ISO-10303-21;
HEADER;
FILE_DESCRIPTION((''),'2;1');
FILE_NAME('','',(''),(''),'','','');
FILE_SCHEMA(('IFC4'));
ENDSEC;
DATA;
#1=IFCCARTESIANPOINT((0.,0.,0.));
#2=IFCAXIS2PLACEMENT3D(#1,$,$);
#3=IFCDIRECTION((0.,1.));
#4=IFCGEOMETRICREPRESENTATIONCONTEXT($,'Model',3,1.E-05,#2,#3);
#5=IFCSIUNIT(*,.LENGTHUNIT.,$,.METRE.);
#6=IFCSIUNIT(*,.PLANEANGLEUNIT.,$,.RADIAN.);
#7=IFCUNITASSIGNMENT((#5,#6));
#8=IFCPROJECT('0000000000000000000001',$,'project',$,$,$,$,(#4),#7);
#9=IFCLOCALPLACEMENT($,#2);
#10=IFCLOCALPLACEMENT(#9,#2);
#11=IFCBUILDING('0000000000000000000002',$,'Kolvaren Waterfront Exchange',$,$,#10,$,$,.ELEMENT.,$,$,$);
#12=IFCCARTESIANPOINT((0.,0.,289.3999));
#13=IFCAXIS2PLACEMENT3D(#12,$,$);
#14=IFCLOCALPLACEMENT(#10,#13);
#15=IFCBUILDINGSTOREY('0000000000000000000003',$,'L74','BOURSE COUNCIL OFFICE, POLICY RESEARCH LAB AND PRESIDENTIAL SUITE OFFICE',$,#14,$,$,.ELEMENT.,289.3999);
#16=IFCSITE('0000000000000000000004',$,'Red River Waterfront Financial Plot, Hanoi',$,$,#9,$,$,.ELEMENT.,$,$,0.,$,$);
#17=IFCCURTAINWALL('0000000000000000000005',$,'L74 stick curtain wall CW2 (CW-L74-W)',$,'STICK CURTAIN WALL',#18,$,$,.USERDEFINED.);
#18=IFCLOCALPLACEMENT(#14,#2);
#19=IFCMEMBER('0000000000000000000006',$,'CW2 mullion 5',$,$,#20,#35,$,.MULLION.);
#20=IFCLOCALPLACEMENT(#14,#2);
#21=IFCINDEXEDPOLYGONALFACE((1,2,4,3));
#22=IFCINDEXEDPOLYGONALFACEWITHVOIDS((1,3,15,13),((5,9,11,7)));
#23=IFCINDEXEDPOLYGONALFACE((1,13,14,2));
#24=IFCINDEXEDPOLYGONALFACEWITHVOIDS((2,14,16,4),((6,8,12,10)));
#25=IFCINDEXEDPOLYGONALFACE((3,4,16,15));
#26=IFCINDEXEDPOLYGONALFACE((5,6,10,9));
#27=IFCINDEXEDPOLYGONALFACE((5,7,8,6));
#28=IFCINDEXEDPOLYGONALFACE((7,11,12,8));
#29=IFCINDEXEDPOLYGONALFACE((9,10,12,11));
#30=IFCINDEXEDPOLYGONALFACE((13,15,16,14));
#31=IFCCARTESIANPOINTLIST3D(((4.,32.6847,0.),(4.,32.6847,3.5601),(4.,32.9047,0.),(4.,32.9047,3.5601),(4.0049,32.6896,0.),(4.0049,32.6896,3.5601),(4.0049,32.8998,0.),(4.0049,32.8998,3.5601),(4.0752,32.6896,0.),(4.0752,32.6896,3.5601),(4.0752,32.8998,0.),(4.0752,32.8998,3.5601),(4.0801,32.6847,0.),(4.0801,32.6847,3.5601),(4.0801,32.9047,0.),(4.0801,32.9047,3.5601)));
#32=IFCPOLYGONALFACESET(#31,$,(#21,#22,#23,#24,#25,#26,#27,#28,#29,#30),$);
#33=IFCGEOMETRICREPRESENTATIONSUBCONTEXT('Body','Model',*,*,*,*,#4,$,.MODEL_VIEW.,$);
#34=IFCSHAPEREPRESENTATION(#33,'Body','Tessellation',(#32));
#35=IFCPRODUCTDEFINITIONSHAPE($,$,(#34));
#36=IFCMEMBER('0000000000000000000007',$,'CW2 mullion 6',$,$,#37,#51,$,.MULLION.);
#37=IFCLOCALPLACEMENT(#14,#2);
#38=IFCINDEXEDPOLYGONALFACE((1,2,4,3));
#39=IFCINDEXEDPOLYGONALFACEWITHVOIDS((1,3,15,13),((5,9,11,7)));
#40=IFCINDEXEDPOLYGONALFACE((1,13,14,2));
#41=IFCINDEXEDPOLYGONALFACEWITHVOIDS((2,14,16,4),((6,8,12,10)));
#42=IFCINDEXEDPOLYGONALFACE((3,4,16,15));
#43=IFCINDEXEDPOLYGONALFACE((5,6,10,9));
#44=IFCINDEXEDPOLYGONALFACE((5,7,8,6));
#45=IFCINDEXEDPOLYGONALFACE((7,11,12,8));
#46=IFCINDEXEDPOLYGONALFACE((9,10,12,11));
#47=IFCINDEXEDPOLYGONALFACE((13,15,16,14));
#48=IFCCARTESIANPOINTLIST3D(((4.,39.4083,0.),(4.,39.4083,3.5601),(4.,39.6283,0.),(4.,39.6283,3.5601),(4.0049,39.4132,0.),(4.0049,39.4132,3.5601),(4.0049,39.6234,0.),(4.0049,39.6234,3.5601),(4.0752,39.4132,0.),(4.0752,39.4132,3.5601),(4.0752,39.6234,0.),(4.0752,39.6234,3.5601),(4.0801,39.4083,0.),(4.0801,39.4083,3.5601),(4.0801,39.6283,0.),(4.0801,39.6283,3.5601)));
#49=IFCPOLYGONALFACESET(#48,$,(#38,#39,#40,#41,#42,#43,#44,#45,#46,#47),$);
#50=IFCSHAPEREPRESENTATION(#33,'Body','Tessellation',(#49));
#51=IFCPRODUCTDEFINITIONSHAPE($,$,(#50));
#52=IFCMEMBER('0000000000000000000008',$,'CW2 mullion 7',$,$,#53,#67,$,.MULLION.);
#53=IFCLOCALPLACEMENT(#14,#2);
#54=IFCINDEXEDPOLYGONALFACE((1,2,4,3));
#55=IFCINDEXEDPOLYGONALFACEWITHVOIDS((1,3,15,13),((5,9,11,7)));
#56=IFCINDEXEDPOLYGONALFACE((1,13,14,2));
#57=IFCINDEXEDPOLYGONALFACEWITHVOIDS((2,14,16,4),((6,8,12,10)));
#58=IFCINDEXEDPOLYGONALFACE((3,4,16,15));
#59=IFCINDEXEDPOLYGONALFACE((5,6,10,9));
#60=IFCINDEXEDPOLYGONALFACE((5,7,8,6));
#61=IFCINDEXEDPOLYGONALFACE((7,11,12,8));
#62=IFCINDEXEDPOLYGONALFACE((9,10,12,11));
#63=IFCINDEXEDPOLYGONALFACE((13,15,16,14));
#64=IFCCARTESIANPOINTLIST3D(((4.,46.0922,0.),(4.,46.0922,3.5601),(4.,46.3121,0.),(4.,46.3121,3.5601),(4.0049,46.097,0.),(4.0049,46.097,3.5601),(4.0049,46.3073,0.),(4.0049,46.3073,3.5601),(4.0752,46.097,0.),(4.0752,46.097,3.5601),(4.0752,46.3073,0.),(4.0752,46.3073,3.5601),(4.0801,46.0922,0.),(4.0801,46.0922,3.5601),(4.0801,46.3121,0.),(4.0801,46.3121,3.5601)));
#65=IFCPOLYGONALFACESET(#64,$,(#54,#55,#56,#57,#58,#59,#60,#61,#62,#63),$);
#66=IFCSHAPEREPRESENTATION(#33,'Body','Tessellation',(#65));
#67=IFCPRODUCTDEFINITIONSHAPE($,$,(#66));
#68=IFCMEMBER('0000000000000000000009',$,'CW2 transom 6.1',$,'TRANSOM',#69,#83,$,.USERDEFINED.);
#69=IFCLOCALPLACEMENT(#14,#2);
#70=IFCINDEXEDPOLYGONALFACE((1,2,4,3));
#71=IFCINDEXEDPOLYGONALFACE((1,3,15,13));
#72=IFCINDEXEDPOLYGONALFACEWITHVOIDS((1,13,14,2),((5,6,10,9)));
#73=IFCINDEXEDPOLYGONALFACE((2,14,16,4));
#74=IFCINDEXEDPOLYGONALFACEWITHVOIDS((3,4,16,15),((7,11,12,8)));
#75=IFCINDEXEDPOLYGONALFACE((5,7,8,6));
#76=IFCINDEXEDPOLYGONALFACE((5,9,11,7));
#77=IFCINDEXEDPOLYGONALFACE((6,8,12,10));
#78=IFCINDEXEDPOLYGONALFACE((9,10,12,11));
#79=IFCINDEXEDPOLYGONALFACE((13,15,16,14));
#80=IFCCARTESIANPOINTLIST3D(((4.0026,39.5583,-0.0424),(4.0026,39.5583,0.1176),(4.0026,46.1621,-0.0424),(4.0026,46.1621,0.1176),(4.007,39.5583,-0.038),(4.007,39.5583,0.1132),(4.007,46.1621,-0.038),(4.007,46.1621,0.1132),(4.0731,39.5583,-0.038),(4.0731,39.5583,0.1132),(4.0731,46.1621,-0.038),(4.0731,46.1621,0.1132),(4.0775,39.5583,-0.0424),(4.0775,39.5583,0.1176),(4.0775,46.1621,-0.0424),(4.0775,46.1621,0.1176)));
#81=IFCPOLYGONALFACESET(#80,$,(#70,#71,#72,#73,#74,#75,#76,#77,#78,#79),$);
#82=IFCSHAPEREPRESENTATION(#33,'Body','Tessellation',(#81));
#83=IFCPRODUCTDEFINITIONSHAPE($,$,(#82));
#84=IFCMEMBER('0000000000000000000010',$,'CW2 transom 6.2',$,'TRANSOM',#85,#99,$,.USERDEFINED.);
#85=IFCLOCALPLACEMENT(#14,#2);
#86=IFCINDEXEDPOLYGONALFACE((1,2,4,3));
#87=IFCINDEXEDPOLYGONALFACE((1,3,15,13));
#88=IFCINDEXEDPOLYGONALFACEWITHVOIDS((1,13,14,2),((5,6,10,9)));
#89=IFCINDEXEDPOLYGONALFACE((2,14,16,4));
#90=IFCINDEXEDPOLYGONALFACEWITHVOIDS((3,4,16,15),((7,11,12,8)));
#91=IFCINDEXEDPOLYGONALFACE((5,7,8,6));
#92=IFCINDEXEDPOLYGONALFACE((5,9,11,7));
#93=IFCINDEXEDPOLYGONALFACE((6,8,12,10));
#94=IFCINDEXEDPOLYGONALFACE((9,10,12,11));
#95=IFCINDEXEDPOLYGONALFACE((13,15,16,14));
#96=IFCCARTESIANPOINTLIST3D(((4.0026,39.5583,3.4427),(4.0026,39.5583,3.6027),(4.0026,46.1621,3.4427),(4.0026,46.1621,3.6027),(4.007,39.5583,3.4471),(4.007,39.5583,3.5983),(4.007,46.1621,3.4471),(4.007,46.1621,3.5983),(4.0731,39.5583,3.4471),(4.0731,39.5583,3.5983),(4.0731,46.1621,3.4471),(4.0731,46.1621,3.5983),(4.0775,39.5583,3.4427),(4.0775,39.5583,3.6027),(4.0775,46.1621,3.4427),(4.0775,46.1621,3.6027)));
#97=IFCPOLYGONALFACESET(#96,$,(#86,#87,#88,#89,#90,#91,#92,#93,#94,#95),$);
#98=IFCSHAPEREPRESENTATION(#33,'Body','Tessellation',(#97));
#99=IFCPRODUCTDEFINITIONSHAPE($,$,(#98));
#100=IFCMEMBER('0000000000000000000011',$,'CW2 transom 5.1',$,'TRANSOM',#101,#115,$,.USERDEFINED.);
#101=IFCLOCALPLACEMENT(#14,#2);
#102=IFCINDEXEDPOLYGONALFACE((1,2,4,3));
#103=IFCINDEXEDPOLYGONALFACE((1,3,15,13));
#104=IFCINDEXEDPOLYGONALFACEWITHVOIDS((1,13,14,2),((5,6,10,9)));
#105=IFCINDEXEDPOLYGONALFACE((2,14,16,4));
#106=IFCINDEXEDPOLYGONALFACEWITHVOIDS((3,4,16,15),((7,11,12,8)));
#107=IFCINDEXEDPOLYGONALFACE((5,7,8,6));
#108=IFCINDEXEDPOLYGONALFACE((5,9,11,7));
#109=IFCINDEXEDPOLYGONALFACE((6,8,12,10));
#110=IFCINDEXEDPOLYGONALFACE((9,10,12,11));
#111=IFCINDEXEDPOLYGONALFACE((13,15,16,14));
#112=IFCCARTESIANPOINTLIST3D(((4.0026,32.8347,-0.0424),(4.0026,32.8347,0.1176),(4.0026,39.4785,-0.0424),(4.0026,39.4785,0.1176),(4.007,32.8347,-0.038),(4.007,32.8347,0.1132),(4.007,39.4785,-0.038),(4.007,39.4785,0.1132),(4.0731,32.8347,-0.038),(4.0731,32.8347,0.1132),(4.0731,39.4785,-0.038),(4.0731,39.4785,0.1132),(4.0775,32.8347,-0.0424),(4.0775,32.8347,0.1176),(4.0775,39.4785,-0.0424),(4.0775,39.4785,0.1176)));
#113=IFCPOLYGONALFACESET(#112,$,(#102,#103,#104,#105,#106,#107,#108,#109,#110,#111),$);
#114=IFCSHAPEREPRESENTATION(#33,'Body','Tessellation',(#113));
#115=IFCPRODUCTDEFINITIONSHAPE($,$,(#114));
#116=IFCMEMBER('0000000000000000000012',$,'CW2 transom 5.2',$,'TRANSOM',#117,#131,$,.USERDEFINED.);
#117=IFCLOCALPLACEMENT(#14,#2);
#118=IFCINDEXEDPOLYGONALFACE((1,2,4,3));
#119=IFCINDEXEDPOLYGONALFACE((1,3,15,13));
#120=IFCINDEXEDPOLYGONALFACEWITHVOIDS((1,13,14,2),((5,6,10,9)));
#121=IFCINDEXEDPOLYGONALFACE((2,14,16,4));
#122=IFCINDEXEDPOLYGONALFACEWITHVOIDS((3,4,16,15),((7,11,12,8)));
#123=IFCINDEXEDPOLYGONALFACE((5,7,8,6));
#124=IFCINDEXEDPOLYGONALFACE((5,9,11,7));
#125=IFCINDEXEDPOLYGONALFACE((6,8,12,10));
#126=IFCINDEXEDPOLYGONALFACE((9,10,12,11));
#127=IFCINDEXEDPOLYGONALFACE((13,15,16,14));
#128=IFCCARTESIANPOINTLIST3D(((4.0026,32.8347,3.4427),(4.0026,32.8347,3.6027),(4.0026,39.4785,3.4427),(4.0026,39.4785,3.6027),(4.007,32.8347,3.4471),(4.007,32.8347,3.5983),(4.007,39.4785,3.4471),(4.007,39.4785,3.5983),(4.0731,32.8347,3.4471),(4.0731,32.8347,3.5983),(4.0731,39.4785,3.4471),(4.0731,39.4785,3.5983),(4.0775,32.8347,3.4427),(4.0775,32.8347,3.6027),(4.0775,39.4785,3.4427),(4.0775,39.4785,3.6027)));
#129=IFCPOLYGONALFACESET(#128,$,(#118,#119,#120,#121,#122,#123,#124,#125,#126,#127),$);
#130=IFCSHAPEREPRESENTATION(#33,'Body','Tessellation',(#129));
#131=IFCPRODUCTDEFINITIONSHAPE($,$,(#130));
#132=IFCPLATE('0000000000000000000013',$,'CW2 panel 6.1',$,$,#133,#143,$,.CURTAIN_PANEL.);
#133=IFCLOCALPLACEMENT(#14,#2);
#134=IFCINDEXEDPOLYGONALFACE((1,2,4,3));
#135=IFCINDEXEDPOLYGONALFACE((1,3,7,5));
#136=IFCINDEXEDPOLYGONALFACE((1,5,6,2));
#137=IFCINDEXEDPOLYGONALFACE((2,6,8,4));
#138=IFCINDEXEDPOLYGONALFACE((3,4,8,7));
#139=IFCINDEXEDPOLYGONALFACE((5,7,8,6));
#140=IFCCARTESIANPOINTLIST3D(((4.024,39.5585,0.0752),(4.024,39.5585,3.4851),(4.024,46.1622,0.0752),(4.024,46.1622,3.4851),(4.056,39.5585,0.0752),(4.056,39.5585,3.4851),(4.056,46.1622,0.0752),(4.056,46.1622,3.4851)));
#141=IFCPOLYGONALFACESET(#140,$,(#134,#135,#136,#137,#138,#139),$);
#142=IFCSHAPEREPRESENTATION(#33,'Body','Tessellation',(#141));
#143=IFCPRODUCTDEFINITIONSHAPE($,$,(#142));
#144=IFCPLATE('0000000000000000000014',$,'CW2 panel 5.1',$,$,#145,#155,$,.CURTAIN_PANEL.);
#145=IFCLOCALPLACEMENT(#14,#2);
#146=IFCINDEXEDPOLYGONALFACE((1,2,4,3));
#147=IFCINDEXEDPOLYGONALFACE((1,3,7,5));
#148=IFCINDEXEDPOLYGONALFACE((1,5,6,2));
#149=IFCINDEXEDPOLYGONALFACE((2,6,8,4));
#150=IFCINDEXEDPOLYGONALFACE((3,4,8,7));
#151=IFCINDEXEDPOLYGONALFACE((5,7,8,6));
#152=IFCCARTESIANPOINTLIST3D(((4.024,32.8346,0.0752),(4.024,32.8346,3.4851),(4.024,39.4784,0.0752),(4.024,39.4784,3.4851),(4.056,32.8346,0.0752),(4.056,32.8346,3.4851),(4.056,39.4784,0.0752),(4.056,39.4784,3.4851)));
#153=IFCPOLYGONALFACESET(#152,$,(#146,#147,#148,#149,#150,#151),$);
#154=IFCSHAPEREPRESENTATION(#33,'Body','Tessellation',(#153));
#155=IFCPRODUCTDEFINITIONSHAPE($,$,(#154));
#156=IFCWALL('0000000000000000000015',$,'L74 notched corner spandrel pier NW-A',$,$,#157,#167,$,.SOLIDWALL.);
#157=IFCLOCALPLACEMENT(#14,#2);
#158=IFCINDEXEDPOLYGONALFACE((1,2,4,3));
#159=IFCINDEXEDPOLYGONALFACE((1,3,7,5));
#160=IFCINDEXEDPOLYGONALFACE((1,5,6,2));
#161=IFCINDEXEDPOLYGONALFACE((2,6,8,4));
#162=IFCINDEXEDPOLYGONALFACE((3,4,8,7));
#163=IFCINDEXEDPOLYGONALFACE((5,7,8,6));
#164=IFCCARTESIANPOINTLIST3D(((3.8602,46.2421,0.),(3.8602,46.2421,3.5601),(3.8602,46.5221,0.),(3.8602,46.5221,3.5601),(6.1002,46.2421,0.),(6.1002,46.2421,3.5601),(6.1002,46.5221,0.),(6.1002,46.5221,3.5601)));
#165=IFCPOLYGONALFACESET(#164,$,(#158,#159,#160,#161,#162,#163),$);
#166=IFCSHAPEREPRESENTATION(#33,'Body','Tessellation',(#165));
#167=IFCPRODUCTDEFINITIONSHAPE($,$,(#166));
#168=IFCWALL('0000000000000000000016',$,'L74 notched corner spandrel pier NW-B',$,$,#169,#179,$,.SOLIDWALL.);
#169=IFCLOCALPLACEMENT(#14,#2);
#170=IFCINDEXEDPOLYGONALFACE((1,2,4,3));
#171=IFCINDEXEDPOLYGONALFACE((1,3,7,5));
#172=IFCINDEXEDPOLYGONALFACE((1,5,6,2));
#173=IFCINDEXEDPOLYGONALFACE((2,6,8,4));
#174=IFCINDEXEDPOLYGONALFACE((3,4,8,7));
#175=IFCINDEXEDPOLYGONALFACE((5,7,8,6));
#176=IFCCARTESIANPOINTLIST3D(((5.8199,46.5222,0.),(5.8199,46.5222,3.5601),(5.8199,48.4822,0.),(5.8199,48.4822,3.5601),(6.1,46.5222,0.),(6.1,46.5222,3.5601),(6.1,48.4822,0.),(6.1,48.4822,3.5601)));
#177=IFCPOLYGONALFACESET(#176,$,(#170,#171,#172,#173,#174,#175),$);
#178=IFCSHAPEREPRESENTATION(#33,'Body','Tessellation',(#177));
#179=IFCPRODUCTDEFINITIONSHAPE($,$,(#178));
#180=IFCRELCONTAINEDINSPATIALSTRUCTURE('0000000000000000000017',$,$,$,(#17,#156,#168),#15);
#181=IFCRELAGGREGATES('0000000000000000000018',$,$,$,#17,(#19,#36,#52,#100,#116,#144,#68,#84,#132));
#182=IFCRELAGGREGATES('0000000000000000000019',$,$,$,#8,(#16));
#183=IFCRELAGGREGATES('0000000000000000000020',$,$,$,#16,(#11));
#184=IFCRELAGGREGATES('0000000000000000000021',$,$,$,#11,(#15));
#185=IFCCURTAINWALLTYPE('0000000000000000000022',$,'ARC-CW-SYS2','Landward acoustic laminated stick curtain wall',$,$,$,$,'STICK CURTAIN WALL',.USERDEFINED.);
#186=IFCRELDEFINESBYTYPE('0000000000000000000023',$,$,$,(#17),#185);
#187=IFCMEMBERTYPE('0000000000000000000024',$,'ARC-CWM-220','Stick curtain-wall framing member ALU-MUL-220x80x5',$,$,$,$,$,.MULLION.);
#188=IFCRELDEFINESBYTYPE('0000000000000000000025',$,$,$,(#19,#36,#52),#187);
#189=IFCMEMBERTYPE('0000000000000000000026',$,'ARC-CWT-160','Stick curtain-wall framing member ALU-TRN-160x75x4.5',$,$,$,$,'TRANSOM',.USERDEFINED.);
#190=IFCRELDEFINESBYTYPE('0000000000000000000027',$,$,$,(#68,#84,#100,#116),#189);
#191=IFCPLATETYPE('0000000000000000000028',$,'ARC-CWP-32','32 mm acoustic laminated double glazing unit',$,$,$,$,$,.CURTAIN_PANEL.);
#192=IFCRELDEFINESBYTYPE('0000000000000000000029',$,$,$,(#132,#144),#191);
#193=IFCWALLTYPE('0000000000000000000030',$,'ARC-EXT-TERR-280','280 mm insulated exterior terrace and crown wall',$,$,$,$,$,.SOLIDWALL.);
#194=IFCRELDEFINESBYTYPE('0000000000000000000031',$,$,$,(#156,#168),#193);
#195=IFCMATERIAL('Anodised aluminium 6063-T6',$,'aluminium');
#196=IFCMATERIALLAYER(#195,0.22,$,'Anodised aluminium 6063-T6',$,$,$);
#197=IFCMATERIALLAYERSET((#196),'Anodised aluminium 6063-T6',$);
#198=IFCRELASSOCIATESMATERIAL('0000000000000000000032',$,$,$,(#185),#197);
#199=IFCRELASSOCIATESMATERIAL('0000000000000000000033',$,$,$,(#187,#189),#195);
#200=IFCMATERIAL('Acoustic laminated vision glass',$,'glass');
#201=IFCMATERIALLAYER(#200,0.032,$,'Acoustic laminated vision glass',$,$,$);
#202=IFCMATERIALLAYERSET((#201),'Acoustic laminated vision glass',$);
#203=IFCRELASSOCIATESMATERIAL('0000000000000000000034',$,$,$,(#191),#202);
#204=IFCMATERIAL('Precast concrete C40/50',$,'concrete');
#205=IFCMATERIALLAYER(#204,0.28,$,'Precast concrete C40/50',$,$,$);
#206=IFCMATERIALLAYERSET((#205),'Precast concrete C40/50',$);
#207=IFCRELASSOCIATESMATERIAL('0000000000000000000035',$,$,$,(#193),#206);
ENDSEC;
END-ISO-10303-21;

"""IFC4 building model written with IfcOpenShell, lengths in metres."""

from ifc_helpers import new_model, si_unit, direction, frame, frame_2d, origin, origin_with_axes, origin_2d, place, context, subcontext, project, spatial, rectangle, hollow_rectangle, extrude, source, transform, mapped, material, layer, layer_set, material_profile, profile_set, type_object, element, aggregate, save


model = new_model("IFC4")

# Units and contexts
model_context = context("Model", 3, precision=1e-05, world=origin(), true_north=direction((0.0, 1.0)))
body_context = subcontext(model_context, "Body", "Model", "MODEL_VIEW")
ifc_project = project(units=[si_unit("LENGTHUNIT", "METRE"), si_unit("PLANEANGLEUNIT", "RADIAN")], contexts=[model_context])

# Site, building, storey
site_placement = place(None, origin())
site = spatial("IfcSite", under=ifc_project, at=site_placement, Name="Red River Waterfront Financial Plot, Hanoi", CompositionType="ELEMENT", RefElevation=0.0)
building_placement = place(site_placement, origin())
building = spatial("IfcBuilding", under=site, at=building_placement, Name="Kolvaren Waterfront Exchange", CompositionType="ELEMENT")
storey_placement = place(building_placement, frame((0.0, 0.0, 289.3999)))
storey = spatial("IfcBuildingStorey", under=building, at=storey_placement, Name="L74", Description="BOURSE COUNCIL OFFICE, POLICY RESEARCH LAB AND PRESIDENTIAL SUITE OFFICE", CompositionType="ELEMENT", Elevation=289.3999)

# Curtain wall, members, plates
ifc_material_1 = material(Name="Anodised aluminium 6063-T6", Category="aluminium")
ifc_layer_1 = layer(ifc_material_1, 0.22, Name="Anodised aluminium 6063-T6")
ifc_layer_set_1 = layer_set([ifc_layer_1], Name="Anodised aluminium 6063-T6")
curtain_wall_type = type_object("IfcCurtainWallType", Name="ARC-CW-SYS2", Description="Landward acoustic laminated stick curtain wall", ElementType="STICK CURTAIN WALL", PredefinedType="USERDEFINED", material=ifc_layer_set_1)
curtain_wall_placement = place(storey_placement, origin())
curtain_wall = element("IfcCurtainWall", 1, at=curtain_wall_placement, inside=storey, type_object=curtain_wall_type, Name="L74 stick curtain wall CW2 (CW-L74-W)", ObjectType="STICK CURTAIN WALL", PredefinedType="USERDEFINED")
ifc_material_profile_1 = material_profile(ifc_material_1, hollow_rectangle(XDim=0.0801, YDim=0.22, WallThickness=0.0049, at=origin_2d()), Name="ALU-MUL-220x80x5")
ifc_profile_set_1 = profile_set([ifc_material_profile_1], Name="Anodised aluminium 6063-T6")
member_type_1 = type_object("IfcMemberType", Name="ARC-CWM-220", Description="Stick curtain-wall framing member ALU-MUL-220x80x5", PredefinedType="MULLION", material=ifc_profile_set_1)
shared_shape_1 = source(origin_with_axes(), body_context, "Body", "SweptSolid", [
    extrude(hollow_rectangle(XDim=0.0801, YDim=0.22, WallThickness=0.0049, at=origin_2d()), origin(), (0.0, 0.0, 1.0), 3.5601),
])
member_1_placement = place(storey_placement, frame((4.04, 32.7947, 0.0), z_axis=(0.0, 0.0, 1.0), x_axis=(-1.0, 0.0, 0.0)))
member_1 = element("IfcMember", 2, at=member_1_placement, type_object=member_type_1, Name="CW2 mullion 5", PredefinedType="MULLION", context=body_context, shape_type="MappedRepresentation", body=[
    mapped(shared_shape_1, transform((0.0, 0.0, 0.0), x_axis=(1.0, 0.0, 0.0), y_axis=(0.0, 1.0, 0.0), z_axis=(0.0, 0.0, 1.0), scale=1.0)),
])
member_2_placement = place(storey_placement, frame((4.04, 39.5183, 0.0), z_axis=(0.0, 0.0, 1.0), x_axis=(-1.0, 0.0, 0.0)))
member_2 = element("IfcMember", 3, at=member_2_placement, type_object=member_type_1, Name="CW2 mullion 6", PredefinedType="MULLION", context=body_context, shape_type="MappedRepresentation", body=[
    mapped(shared_shape_1, transform((0.0, 0.0, 0.0), x_axis=(1.0, 0.0, 0.0), y_axis=(0.0, 1.0, 0.0), z_axis=(0.0, 0.0, 1.0), scale=1.0)),
])
member_3_placement = place(storey_placement, frame((4.04, 46.2021, 0.0), z_axis=(0.0, 0.0, 1.0), x_axis=(-1.0, 0.0, 0.0)))
member_3 = element("IfcMember", 4, at=member_3_placement, type_object=member_type_1, Name="CW2 mullion 7", PredefinedType="MULLION", context=body_context, shape_type="MappedRepresentation", body=[
    mapped(shared_shape_1, transform((0.0, 0.0, 0.0), x_axis=(1.0, 0.0, 0.0), y_axis=(0.0, 1.0, 0.0), z_axis=(0.0, 0.0, 1.0), scale=1.0)),
])
ifc_material_profile_2 = material_profile(ifc_material_1, hollow_rectangle(XDim=0.075, YDim=0.1599, WallThickness=0.0044, at=origin_2d()), Name="ALU-TRN-160x75x4.5")
ifc_profile_set_2 = profile_set([ifc_material_profile_2], Name="Anodised aluminium 6063-T6")
member_type_2 = type_object("IfcMemberType", Name="ARC-CWT-160", Description="Stick curtain-wall framing member ALU-TRN-160x75x4.5", ElementType="TRANSOM", PredefinedType="USERDEFINED", material=ifc_profile_set_2)
shared_shape_2 = source(origin_with_axes(), body_context, "Body", "SweptSolid", [
    extrude(hollow_rectangle(XDim=0.075, YDim=0.1599, WallThickness=0.0044, at=origin_2d()), origin(), (0.0, 0.0, 1.0), 6.6038),
])
member_4_placement = place(storey_placement, frame((4.04, 39.5583, 0.0376), z_axis=(0.0, 1.0, 0.0), x_axis=(-1.0, 0.0, 0.0)))
member_4 = element("IfcMember", 5, at=member_4_placement, type_object=member_type_2, Name="CW2 transom 6.1", ObjectType="TRANSOM", PredefinedType="USERDEFINED", context=body_context, shape_type="MappedRepresentation", body=[
    mapped(shared_shape_2, transform((0.0, 0.0, 0.0), x_axis=(1.0, 0.0, 0.0), y_axis=(0.0, 1.0, 0.0), z_axis=(0.0, 0.0, 1.0), scale=1.0)),
])
member_5_placement = place(storey_placement, frame((4.04, 39.5583, 3.5227), z_axis=(0.0, 1.0, 0.0), x_axis=(-1.0, 0.0, 0.0)))
member_5 = element("IfcMember", 6, at=member_5_placement, type_object=member_type_2, Name="CW2 transom 6.2", ObjectType="TRANSOM", PredefinedType="USERDEFINED", context=body_context, shape_type="MappedRepresentation", body=[
    mapped(shared_shape_2, transform((0.0, 0.0, 0.0), x_axis=(1.0, 0.0, 0.0), y_axis=(0.0, 1.0, 0.0), z_axis=(0.0, 0.0, 1.0), scale=1.0)),
])
shared_shape_3 = source(origin_with_axes(), body_context, "Body", "SweptSolid", [
    extrude(hollow_rectangle(XDim=0.075, YDim=0.1599, WallThickness=0.0044, at=origin_2d()), origin(), (0.0, 0.0, 1.0), 6.6438),
])
member_6_placement = place(storey_placement, frame((4.04, 32.8347, 0.0376), z_axis=(0.0, 1.0, 0.0), x_axis=(-1.0, 0.0, 0.0)))
member_6 = element("IfcMember", 7, at=member_6_placement, type_object=member_type_2, Name="CW2 transom 5.1", ObjectType="TRANSOM", PredefinedType="USERDEFINED", context=body_context, shape_type="MappedRepresentation", body=[
    mapped(shared_shape_3, transform((0.0, 0.0, 0.0), x_axis=(1.0, 0.0, 0.0), y_axis=(0.0, 1.0, 0.0), z_axis=(0.0, 0.0, 1.0), scale=1.0)),
])
member_7_placement = place(storey_placement, frame((4.04, 32.8347, 3.5227), z_axis=(0.0, 1.0, 0.0), x_axis=(-1.0, 0.0, 0.0)))
member_7 = element("IfcMember", 8, at=member_7_placement, type_object=member_type_2, Name="CW2 transom 5.2", ObjectType="TRANSOM", PredefinedType="USERDEFINED", context=body_context, shape_type="MappedRepresentation", body=[
    mapped(shared_shape_3, transform((0.0, 0.0, 0.0), x_axis=(1.0, 0.0, 0.0), y_axis=(0.0, 1.0, 0.0), z_axis=(0.0, 0.0, 1.0), scale=1.0)),
])
ifc_material_2 = material(Name="Acoustic laminated vision glass", Category="glass")
ifc_layer_2 = layer(ifc_material_2, 0.032, Name="Acoustic laminated vision glass")
ifc_layer_set_2 = layer_set([ifc_layer_2], Name="Acoustic laminated vision glass")
plate_type = type_object("IfcPlateType", Name="ARC-CWP-32", Description="32 mm acoustic laminated double glazing unit", PredefinedType="CURTAIN_PANEL", material=ifc_layer_set_2)
shared_shape_4 = source(origin_with_axes(), body_context, "Body", "SweptSolid", [
    extrude(rectangle(XDim=6.6038, YDim=0.032, at=origin_2d()), origin(), (0.0, 0.0, 1.0), 3.4099),
])
plate_1_placement = place(storey_placement, frame((4.04, 42.8604, 0.0752), z_axis=(0.0, 0.0, 1.0), x_axis=(0.0, 1.0, 0.0)))
plate_1 = element("IfcPlate", 9, at=plate_1_placement, type_object=plate_type, Name="CW2 panel 6.1", PredefinedType="CURTAIN_PANEL", context=body_context, shape_type="MappedRepresentation", body=[
    mapped(shared_shape_4, transform((0.0, 0.0, 0.0), x_axis=(1.0, 0.0, 0.0), y_axis=(0.0, 1.0, 0.0), z_axis=(0.0, 0.0, 1.0), scale=1.0)),
])
shared_shape_5 = source(origin_with_axes(), body_context, "Body", "SweptSolid", [
    extrude(rectangle(XDim=6.6438, YDim=0.032, at=origin_2d()), origin(), (0.0, 0.0, 1.0), 3.4099),
])
plate_2_placement = place(storey_placement, frame((4.04, 36.1565, 0.0752), z_axis=(0.0, 0.0, 1.0), x_axis=(0.0, 1.0, 0.0)))
plate_2 = element("IfcPlate", 10, at=plate_2_placement, type_object=plate_type, Name="CW2 panel 5.1", PredefinedType="CURTAIN_PANEL", context=body_context, shape_type="MappedRepresentation", body=[
    mapped(shared_shape_5, transform((0.0, 0.0, 0.0), x_axis=(1.0, 0.0, 0.0), y_axis=(0.0, 1.0, 0.0), z_axis=(0.0, 0.0, 1.0), scale=1.0)),
])
aggregate(curtain_wall, [member_1, member_2, member_3, member_6, member_7, plate_2, member_4, member_5, plate_1])

# Walls
ifc_material_3 = material(Name="Precast concrete C40/50", Category="concrete")
ifc_layer_3 = layer(ifc_material_3, 0.28, Name="Precast concrete C40/50")
ifc_layer_set_3 = layer_set([ifc_layer_3], Name="Precast concrete C40/50")
wall_type_1 = type_object("IfcWallType", Name="ARC-EXT-TERR-280", Description="280 mm insulated exterior terrace and crown wall", PredefinedType="SOLIDWALL", material=ifc_layer_set_3)
wall_1_placement = place(storey_placement, frame((3.8601, 46.3821, 0.0), z_axis=(0.0, 0.0, 1.0), x_axis=(1.0, 0.0, 0.0)))
element("IfcWall", 11, at=wall_1_placement, inside=storey, type_object=wall_type_1, Name="L74 notched corner spandrel pier NW-A", PredefinedType="SOLIDWALL", context=body_context, shape_type="SweptSolid", body=[
    extrude(rectangle(XDim=2.24, YDim=0.28, at=frame_2d((1.1201, 0.0))), origin(), (0.0, 0.0, 1.0), 3.5601),
])
wall_2_placement = place(storey_placement, frame((5.96, 46.5222, 0.0), z_axis=(0.0, 0.0, 1.0), x_axis=(0.0, 1.0, 0.0)))
element("IfcWall", 12, at=wall_2_placement, inside=storey, type_object=wall_type_1, Name="L74 notched corner spandrel pier NW-B", PredefinedType="SOLIDWALL", context=body_context, shape_type="SweptSolid", body=[
    extrude(rectangle(XDim=1.96, YDim=0.28, at=frame_2d((0.98, 0.0))), origin(), (0.0, 0.0, 1.0), 3.5601),
])

save(model, "model.ifc")
